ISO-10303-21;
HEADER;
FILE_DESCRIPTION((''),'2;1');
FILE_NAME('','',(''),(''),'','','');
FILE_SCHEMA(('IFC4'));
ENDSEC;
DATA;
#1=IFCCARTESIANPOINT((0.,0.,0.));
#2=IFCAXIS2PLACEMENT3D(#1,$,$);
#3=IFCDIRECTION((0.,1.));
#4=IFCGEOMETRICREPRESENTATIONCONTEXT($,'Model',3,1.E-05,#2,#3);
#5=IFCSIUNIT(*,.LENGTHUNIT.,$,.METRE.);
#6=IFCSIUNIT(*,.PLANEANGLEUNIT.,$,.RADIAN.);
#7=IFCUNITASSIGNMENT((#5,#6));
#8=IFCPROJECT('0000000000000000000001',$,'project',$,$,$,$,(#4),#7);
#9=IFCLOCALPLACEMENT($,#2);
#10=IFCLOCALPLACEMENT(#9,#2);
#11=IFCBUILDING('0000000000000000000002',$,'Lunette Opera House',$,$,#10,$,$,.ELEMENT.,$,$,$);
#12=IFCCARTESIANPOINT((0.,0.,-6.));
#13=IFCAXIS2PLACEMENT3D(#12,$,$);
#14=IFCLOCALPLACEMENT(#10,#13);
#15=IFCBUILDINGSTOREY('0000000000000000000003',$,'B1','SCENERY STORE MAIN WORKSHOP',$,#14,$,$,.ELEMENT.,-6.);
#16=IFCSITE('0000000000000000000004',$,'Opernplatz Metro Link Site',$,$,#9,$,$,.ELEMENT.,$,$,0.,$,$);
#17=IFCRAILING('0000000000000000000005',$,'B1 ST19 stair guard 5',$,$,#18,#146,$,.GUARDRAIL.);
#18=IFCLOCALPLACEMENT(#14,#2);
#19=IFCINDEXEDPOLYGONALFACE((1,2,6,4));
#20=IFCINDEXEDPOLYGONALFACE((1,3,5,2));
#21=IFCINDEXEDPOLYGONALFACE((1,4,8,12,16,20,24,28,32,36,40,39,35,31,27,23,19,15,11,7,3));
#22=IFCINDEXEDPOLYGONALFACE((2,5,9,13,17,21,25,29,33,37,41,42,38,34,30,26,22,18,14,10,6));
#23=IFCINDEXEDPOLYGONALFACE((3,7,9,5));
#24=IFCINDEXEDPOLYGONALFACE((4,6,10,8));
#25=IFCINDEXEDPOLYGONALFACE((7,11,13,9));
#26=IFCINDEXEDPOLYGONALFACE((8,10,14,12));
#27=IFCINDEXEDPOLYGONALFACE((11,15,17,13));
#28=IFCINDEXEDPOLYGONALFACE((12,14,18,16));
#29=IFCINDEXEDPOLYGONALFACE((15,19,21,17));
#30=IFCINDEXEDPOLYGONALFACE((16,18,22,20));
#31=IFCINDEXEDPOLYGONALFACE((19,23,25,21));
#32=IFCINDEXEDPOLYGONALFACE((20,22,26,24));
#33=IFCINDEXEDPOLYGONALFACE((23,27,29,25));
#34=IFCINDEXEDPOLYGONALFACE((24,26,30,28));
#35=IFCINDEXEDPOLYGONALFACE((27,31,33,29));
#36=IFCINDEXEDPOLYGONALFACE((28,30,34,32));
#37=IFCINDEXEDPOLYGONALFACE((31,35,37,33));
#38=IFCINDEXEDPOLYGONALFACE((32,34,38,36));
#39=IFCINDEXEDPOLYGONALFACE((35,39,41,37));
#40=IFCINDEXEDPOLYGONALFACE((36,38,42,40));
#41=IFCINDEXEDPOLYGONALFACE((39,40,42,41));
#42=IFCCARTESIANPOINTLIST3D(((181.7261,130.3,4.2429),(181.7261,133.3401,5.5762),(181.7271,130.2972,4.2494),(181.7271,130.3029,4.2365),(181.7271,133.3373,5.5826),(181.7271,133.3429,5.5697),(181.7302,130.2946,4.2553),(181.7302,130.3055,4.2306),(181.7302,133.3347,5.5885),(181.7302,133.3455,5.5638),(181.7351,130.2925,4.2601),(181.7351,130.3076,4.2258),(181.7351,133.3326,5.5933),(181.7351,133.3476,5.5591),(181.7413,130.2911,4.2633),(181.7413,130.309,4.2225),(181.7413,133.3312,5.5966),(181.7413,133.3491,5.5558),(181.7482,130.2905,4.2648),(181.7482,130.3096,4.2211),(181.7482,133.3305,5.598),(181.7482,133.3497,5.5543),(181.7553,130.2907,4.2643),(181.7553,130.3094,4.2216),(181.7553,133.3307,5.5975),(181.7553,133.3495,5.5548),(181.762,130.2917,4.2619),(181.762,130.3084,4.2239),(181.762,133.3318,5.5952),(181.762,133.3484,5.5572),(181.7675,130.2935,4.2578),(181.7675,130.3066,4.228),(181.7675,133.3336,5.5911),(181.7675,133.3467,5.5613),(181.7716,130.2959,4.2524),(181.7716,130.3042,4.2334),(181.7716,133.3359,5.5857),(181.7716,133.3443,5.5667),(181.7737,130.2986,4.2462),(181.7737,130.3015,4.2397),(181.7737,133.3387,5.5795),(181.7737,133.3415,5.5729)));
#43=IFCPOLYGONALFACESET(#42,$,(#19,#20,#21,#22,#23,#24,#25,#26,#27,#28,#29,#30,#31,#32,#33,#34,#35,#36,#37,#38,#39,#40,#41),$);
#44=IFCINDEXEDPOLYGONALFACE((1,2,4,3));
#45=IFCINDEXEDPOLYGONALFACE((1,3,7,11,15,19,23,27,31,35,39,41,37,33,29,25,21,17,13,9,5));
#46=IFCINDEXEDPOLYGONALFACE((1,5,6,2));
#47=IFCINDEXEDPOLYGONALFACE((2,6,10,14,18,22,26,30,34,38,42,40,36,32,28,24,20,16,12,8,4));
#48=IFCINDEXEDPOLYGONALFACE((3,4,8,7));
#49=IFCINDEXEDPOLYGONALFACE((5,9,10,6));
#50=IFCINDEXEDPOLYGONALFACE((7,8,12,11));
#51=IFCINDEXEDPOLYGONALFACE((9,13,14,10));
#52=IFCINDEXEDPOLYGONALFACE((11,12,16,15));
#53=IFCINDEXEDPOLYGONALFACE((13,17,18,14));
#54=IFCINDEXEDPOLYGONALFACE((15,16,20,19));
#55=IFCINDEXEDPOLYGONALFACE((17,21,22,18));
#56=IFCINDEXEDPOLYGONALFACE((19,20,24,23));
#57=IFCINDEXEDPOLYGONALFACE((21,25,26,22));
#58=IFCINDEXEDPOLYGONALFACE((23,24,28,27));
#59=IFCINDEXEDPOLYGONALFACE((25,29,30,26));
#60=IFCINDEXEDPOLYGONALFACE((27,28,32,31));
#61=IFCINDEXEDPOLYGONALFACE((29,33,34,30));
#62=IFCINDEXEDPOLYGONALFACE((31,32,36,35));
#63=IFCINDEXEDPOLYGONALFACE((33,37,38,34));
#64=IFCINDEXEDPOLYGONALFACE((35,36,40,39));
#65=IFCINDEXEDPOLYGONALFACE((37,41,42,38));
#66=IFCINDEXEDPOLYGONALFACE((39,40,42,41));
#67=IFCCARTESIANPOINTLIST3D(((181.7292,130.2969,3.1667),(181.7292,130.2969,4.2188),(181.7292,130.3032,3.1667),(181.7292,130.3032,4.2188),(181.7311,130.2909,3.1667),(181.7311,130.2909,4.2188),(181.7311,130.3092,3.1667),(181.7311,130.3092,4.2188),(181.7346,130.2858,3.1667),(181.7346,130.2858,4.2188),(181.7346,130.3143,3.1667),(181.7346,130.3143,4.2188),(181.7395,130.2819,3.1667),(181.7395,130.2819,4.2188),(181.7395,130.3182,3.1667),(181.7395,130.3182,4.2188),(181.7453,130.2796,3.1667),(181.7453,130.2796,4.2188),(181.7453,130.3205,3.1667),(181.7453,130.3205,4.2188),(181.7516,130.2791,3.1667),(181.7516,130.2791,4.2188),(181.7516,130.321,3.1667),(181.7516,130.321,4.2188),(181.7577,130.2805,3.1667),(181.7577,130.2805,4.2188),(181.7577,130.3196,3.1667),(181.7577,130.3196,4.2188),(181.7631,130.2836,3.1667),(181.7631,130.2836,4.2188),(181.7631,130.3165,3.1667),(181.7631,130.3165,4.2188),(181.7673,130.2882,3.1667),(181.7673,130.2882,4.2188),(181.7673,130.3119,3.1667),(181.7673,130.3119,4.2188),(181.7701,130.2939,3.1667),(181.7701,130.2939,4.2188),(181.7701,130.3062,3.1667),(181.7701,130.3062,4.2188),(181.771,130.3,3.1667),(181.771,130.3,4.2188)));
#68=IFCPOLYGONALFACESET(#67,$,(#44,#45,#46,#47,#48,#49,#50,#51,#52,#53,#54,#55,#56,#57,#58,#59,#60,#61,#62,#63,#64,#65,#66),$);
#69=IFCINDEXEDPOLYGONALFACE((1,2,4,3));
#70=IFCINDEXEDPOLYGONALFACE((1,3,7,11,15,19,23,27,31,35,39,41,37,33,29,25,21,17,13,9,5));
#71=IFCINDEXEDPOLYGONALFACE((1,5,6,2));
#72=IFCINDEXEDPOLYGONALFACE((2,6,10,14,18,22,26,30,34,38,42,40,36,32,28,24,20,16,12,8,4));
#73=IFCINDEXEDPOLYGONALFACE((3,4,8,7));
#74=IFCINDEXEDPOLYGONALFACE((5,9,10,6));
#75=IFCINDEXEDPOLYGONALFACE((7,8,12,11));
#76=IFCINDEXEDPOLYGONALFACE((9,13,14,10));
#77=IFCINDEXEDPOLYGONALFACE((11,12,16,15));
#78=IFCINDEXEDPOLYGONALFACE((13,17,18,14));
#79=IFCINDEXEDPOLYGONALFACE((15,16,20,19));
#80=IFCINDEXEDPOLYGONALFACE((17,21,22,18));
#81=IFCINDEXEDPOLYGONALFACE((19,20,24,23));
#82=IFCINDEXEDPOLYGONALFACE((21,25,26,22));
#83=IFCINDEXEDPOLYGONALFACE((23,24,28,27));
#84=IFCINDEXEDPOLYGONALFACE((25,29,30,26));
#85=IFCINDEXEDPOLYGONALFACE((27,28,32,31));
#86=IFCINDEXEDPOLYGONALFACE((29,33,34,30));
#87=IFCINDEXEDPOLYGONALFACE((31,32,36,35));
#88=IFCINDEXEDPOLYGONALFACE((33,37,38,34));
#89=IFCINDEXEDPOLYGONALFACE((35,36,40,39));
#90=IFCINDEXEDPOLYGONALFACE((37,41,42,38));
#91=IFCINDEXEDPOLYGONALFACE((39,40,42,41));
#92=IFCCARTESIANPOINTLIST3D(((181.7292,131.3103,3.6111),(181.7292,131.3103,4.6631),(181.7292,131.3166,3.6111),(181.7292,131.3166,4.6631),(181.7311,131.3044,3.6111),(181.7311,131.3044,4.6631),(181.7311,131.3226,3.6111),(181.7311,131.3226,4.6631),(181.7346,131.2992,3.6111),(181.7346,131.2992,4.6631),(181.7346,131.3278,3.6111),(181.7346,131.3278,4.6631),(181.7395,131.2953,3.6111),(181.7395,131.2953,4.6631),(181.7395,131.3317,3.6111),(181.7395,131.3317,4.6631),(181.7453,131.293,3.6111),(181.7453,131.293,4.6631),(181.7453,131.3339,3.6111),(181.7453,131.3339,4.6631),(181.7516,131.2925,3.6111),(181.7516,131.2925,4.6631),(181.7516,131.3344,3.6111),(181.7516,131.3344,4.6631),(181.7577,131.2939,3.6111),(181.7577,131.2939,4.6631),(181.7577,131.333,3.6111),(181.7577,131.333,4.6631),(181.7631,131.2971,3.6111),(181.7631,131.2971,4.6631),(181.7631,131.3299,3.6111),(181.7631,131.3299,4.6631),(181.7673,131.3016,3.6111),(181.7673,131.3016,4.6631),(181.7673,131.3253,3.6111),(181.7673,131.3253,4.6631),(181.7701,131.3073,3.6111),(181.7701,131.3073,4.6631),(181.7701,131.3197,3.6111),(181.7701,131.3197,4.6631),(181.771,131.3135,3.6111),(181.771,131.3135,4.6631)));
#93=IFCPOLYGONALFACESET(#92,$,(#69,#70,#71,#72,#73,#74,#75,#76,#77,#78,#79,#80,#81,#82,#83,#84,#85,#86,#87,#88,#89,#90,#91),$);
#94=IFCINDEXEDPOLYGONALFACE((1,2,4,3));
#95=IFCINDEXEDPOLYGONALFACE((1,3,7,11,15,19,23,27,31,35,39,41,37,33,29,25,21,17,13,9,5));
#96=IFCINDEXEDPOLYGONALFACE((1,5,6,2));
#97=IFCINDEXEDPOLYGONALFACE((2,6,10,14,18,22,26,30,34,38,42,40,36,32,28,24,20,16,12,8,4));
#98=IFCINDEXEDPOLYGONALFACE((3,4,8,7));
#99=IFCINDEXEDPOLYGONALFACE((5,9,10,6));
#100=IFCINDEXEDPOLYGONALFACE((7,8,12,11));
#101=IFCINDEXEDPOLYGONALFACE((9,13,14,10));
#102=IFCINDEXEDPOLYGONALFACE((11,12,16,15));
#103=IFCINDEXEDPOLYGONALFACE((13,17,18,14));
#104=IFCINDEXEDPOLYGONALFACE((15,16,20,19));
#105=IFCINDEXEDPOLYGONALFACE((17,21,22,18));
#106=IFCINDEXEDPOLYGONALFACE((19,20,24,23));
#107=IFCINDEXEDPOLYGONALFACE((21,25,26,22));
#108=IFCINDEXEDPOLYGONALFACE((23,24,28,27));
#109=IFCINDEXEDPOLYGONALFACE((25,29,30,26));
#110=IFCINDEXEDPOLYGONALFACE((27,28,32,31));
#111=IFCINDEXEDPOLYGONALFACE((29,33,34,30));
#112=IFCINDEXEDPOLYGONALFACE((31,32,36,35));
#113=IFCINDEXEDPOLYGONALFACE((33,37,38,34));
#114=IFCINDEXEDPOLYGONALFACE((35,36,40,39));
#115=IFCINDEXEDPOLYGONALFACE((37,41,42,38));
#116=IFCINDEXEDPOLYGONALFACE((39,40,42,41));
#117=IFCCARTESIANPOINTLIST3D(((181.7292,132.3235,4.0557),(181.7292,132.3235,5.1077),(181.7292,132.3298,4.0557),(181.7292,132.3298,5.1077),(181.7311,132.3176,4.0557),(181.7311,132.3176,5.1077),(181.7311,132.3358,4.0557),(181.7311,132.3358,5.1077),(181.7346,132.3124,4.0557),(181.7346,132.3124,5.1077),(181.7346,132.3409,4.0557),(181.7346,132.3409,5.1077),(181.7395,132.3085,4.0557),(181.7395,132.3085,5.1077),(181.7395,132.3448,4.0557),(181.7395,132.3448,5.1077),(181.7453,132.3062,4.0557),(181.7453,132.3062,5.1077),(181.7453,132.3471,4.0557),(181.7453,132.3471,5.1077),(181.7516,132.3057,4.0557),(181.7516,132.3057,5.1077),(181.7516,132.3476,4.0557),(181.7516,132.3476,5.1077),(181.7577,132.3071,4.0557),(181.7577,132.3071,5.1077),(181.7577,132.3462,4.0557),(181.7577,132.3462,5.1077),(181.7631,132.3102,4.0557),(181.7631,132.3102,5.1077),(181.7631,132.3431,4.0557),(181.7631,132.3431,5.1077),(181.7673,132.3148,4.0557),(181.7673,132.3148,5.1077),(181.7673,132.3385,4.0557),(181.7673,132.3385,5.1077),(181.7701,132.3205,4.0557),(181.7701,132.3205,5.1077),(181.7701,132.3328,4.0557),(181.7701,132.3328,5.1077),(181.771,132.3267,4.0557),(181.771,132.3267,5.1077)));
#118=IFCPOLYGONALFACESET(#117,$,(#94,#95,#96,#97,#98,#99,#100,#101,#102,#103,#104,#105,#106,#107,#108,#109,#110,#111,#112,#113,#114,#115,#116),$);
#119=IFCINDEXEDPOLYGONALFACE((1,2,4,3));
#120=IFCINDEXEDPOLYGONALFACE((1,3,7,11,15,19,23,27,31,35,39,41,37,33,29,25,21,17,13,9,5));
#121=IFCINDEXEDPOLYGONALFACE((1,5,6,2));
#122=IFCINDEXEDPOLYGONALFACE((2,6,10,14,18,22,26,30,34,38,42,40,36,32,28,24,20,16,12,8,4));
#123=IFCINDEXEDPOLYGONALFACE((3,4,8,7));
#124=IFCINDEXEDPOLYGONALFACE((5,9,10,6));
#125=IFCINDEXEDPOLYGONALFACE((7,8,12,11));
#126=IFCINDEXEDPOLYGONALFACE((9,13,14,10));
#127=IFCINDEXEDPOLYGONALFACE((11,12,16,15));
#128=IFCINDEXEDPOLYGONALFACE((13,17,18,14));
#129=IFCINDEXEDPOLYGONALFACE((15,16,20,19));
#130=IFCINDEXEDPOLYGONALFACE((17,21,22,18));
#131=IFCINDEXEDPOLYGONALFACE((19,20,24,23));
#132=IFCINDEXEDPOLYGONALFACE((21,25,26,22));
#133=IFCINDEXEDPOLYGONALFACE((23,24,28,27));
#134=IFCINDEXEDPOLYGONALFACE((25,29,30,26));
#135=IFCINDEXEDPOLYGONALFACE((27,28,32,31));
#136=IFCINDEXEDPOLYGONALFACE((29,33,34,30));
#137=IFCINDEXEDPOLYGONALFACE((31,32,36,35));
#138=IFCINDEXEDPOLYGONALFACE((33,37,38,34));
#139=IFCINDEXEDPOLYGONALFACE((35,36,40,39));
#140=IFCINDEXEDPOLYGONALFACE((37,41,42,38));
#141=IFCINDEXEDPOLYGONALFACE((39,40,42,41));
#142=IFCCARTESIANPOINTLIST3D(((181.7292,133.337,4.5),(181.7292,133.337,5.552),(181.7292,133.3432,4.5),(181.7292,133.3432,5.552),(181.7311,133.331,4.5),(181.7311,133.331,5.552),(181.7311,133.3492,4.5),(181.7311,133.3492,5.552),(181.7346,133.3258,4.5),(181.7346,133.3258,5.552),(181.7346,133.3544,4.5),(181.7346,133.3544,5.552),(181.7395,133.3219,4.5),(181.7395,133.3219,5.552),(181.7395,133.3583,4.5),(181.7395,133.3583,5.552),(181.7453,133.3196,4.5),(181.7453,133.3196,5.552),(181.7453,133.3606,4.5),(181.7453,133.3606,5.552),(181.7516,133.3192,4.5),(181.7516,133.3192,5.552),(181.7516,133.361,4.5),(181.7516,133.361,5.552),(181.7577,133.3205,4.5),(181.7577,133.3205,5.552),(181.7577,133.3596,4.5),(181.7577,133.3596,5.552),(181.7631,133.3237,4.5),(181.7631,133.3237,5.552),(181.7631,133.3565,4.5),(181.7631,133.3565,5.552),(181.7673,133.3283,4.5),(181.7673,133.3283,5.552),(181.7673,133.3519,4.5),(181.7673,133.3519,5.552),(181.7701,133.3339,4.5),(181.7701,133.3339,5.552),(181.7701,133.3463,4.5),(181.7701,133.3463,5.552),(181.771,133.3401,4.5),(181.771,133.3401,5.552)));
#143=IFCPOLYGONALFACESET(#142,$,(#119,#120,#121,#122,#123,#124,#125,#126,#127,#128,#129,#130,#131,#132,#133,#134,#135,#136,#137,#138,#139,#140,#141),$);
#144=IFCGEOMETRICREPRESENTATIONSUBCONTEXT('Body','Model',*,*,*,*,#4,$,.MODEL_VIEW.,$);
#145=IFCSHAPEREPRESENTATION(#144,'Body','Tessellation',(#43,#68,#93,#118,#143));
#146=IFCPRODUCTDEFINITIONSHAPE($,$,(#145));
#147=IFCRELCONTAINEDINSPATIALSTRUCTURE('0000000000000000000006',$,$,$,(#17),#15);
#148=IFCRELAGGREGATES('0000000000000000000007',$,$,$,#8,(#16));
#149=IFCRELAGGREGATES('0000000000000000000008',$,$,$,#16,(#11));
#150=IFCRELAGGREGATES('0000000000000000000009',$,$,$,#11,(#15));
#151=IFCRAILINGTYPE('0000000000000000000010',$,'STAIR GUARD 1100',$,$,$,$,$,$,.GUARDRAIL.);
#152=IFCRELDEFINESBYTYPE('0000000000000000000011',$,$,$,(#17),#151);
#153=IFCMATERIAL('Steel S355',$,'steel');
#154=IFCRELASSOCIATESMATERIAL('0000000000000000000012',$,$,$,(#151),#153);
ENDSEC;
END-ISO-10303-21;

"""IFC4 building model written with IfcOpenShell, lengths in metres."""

from ifc_helpers import new_model, si_unit, direction, frame, origin, origin_2d, place, context, subcontext, project, spatial, circle, extrude, material, type_object, element, save


model = new_model("IFC4")

# Units and contexts
model_context = context("Model", 3, precision=1e-05, world=origin(), true_north=direction((0.0, 1.0)))
body_context = subcontext(model_context, "Body", "Model", "MODEL_VIEW")
ifc_project = project(units=[si_unit("LENGTHUNIT", "METRE"), si_unit("PLANEANGLEUNIT", "RADIAN")], contexts=[model_context])

# Site, building, storey
site_placement = place(None, origin())
site = spatial("IfcSite", under=ifc_project, at=site_placement, Name="Opernplatz Metro Link Site", CompositionType="ELEMENT", RefElevation=0.0)
building_placement = place(site_placement, origin())
building = spatial("IfcBuilding", under=site, at=building_placement, Name="Lunette Opera House", CompositionType="ELEMENT")
storey_placement = place(building_placement, frame((0.0, 0.0, -6.0)))
storey = spatial("IfcBuildingStorey", under=building, at=storey_placement, Name="B1", Description="SCENERY STORE MAIN WORKSHOP", CompositionType="ELEMENT", Elevation=-6.0)

# Railing
ifc_material_1 = material(Name="Steel S355", Category="steel")
railing_type_1 = type_object("IfcRailingType", Name="STAIR GUARD 1100", PredefinedType="GUARDRAIL", material=ifc_material_1)
railing_1_placement = place(storey_placement, frame((181.75, 130.3, 3.1667)))
element("IfcRailing", 1, at=railing_1_placement, inside=storey, type_object=railing_type_1, Name="B1 ST19 stair guard 5", PredefinedType="GUARDRAIL", context=body_context, shape_type="SweptSolid", body=[
    extrude(circle(Radius=0.0239, at=origin_2d()), frame((0.0, 0.0, 1.0762), z_axis=(0.0, 0.915799, 0.401637), x_axis=(-1.0, 0.0, 0.0)), (0.0, 0.0, 1.0), 3.3196),
    extrude(circle(Radius=0.021, at=origin_2d()), origin(), (0.0, 0.0, 1.0), 1.052),
    extrude(circle(Radius=0.021, at=origin_2d()), frame((0.0, 1.0134, 0.4443)), (0.0, 0.0, 1.0), 1.052),
    extrude(circle(Radius=0.021, at=origin_2d()), frame((0.0, 2.0266, 0.8889)), (0.0, 0.0, 1.0), 1.052),
    extrude(circle(Radius=0.021, at=origin_2d()), frame((0.0, 3.04, 1.3333)), (0.0, 0.0, 1.0), 1.052),
])

save(model, "model.ifc")
